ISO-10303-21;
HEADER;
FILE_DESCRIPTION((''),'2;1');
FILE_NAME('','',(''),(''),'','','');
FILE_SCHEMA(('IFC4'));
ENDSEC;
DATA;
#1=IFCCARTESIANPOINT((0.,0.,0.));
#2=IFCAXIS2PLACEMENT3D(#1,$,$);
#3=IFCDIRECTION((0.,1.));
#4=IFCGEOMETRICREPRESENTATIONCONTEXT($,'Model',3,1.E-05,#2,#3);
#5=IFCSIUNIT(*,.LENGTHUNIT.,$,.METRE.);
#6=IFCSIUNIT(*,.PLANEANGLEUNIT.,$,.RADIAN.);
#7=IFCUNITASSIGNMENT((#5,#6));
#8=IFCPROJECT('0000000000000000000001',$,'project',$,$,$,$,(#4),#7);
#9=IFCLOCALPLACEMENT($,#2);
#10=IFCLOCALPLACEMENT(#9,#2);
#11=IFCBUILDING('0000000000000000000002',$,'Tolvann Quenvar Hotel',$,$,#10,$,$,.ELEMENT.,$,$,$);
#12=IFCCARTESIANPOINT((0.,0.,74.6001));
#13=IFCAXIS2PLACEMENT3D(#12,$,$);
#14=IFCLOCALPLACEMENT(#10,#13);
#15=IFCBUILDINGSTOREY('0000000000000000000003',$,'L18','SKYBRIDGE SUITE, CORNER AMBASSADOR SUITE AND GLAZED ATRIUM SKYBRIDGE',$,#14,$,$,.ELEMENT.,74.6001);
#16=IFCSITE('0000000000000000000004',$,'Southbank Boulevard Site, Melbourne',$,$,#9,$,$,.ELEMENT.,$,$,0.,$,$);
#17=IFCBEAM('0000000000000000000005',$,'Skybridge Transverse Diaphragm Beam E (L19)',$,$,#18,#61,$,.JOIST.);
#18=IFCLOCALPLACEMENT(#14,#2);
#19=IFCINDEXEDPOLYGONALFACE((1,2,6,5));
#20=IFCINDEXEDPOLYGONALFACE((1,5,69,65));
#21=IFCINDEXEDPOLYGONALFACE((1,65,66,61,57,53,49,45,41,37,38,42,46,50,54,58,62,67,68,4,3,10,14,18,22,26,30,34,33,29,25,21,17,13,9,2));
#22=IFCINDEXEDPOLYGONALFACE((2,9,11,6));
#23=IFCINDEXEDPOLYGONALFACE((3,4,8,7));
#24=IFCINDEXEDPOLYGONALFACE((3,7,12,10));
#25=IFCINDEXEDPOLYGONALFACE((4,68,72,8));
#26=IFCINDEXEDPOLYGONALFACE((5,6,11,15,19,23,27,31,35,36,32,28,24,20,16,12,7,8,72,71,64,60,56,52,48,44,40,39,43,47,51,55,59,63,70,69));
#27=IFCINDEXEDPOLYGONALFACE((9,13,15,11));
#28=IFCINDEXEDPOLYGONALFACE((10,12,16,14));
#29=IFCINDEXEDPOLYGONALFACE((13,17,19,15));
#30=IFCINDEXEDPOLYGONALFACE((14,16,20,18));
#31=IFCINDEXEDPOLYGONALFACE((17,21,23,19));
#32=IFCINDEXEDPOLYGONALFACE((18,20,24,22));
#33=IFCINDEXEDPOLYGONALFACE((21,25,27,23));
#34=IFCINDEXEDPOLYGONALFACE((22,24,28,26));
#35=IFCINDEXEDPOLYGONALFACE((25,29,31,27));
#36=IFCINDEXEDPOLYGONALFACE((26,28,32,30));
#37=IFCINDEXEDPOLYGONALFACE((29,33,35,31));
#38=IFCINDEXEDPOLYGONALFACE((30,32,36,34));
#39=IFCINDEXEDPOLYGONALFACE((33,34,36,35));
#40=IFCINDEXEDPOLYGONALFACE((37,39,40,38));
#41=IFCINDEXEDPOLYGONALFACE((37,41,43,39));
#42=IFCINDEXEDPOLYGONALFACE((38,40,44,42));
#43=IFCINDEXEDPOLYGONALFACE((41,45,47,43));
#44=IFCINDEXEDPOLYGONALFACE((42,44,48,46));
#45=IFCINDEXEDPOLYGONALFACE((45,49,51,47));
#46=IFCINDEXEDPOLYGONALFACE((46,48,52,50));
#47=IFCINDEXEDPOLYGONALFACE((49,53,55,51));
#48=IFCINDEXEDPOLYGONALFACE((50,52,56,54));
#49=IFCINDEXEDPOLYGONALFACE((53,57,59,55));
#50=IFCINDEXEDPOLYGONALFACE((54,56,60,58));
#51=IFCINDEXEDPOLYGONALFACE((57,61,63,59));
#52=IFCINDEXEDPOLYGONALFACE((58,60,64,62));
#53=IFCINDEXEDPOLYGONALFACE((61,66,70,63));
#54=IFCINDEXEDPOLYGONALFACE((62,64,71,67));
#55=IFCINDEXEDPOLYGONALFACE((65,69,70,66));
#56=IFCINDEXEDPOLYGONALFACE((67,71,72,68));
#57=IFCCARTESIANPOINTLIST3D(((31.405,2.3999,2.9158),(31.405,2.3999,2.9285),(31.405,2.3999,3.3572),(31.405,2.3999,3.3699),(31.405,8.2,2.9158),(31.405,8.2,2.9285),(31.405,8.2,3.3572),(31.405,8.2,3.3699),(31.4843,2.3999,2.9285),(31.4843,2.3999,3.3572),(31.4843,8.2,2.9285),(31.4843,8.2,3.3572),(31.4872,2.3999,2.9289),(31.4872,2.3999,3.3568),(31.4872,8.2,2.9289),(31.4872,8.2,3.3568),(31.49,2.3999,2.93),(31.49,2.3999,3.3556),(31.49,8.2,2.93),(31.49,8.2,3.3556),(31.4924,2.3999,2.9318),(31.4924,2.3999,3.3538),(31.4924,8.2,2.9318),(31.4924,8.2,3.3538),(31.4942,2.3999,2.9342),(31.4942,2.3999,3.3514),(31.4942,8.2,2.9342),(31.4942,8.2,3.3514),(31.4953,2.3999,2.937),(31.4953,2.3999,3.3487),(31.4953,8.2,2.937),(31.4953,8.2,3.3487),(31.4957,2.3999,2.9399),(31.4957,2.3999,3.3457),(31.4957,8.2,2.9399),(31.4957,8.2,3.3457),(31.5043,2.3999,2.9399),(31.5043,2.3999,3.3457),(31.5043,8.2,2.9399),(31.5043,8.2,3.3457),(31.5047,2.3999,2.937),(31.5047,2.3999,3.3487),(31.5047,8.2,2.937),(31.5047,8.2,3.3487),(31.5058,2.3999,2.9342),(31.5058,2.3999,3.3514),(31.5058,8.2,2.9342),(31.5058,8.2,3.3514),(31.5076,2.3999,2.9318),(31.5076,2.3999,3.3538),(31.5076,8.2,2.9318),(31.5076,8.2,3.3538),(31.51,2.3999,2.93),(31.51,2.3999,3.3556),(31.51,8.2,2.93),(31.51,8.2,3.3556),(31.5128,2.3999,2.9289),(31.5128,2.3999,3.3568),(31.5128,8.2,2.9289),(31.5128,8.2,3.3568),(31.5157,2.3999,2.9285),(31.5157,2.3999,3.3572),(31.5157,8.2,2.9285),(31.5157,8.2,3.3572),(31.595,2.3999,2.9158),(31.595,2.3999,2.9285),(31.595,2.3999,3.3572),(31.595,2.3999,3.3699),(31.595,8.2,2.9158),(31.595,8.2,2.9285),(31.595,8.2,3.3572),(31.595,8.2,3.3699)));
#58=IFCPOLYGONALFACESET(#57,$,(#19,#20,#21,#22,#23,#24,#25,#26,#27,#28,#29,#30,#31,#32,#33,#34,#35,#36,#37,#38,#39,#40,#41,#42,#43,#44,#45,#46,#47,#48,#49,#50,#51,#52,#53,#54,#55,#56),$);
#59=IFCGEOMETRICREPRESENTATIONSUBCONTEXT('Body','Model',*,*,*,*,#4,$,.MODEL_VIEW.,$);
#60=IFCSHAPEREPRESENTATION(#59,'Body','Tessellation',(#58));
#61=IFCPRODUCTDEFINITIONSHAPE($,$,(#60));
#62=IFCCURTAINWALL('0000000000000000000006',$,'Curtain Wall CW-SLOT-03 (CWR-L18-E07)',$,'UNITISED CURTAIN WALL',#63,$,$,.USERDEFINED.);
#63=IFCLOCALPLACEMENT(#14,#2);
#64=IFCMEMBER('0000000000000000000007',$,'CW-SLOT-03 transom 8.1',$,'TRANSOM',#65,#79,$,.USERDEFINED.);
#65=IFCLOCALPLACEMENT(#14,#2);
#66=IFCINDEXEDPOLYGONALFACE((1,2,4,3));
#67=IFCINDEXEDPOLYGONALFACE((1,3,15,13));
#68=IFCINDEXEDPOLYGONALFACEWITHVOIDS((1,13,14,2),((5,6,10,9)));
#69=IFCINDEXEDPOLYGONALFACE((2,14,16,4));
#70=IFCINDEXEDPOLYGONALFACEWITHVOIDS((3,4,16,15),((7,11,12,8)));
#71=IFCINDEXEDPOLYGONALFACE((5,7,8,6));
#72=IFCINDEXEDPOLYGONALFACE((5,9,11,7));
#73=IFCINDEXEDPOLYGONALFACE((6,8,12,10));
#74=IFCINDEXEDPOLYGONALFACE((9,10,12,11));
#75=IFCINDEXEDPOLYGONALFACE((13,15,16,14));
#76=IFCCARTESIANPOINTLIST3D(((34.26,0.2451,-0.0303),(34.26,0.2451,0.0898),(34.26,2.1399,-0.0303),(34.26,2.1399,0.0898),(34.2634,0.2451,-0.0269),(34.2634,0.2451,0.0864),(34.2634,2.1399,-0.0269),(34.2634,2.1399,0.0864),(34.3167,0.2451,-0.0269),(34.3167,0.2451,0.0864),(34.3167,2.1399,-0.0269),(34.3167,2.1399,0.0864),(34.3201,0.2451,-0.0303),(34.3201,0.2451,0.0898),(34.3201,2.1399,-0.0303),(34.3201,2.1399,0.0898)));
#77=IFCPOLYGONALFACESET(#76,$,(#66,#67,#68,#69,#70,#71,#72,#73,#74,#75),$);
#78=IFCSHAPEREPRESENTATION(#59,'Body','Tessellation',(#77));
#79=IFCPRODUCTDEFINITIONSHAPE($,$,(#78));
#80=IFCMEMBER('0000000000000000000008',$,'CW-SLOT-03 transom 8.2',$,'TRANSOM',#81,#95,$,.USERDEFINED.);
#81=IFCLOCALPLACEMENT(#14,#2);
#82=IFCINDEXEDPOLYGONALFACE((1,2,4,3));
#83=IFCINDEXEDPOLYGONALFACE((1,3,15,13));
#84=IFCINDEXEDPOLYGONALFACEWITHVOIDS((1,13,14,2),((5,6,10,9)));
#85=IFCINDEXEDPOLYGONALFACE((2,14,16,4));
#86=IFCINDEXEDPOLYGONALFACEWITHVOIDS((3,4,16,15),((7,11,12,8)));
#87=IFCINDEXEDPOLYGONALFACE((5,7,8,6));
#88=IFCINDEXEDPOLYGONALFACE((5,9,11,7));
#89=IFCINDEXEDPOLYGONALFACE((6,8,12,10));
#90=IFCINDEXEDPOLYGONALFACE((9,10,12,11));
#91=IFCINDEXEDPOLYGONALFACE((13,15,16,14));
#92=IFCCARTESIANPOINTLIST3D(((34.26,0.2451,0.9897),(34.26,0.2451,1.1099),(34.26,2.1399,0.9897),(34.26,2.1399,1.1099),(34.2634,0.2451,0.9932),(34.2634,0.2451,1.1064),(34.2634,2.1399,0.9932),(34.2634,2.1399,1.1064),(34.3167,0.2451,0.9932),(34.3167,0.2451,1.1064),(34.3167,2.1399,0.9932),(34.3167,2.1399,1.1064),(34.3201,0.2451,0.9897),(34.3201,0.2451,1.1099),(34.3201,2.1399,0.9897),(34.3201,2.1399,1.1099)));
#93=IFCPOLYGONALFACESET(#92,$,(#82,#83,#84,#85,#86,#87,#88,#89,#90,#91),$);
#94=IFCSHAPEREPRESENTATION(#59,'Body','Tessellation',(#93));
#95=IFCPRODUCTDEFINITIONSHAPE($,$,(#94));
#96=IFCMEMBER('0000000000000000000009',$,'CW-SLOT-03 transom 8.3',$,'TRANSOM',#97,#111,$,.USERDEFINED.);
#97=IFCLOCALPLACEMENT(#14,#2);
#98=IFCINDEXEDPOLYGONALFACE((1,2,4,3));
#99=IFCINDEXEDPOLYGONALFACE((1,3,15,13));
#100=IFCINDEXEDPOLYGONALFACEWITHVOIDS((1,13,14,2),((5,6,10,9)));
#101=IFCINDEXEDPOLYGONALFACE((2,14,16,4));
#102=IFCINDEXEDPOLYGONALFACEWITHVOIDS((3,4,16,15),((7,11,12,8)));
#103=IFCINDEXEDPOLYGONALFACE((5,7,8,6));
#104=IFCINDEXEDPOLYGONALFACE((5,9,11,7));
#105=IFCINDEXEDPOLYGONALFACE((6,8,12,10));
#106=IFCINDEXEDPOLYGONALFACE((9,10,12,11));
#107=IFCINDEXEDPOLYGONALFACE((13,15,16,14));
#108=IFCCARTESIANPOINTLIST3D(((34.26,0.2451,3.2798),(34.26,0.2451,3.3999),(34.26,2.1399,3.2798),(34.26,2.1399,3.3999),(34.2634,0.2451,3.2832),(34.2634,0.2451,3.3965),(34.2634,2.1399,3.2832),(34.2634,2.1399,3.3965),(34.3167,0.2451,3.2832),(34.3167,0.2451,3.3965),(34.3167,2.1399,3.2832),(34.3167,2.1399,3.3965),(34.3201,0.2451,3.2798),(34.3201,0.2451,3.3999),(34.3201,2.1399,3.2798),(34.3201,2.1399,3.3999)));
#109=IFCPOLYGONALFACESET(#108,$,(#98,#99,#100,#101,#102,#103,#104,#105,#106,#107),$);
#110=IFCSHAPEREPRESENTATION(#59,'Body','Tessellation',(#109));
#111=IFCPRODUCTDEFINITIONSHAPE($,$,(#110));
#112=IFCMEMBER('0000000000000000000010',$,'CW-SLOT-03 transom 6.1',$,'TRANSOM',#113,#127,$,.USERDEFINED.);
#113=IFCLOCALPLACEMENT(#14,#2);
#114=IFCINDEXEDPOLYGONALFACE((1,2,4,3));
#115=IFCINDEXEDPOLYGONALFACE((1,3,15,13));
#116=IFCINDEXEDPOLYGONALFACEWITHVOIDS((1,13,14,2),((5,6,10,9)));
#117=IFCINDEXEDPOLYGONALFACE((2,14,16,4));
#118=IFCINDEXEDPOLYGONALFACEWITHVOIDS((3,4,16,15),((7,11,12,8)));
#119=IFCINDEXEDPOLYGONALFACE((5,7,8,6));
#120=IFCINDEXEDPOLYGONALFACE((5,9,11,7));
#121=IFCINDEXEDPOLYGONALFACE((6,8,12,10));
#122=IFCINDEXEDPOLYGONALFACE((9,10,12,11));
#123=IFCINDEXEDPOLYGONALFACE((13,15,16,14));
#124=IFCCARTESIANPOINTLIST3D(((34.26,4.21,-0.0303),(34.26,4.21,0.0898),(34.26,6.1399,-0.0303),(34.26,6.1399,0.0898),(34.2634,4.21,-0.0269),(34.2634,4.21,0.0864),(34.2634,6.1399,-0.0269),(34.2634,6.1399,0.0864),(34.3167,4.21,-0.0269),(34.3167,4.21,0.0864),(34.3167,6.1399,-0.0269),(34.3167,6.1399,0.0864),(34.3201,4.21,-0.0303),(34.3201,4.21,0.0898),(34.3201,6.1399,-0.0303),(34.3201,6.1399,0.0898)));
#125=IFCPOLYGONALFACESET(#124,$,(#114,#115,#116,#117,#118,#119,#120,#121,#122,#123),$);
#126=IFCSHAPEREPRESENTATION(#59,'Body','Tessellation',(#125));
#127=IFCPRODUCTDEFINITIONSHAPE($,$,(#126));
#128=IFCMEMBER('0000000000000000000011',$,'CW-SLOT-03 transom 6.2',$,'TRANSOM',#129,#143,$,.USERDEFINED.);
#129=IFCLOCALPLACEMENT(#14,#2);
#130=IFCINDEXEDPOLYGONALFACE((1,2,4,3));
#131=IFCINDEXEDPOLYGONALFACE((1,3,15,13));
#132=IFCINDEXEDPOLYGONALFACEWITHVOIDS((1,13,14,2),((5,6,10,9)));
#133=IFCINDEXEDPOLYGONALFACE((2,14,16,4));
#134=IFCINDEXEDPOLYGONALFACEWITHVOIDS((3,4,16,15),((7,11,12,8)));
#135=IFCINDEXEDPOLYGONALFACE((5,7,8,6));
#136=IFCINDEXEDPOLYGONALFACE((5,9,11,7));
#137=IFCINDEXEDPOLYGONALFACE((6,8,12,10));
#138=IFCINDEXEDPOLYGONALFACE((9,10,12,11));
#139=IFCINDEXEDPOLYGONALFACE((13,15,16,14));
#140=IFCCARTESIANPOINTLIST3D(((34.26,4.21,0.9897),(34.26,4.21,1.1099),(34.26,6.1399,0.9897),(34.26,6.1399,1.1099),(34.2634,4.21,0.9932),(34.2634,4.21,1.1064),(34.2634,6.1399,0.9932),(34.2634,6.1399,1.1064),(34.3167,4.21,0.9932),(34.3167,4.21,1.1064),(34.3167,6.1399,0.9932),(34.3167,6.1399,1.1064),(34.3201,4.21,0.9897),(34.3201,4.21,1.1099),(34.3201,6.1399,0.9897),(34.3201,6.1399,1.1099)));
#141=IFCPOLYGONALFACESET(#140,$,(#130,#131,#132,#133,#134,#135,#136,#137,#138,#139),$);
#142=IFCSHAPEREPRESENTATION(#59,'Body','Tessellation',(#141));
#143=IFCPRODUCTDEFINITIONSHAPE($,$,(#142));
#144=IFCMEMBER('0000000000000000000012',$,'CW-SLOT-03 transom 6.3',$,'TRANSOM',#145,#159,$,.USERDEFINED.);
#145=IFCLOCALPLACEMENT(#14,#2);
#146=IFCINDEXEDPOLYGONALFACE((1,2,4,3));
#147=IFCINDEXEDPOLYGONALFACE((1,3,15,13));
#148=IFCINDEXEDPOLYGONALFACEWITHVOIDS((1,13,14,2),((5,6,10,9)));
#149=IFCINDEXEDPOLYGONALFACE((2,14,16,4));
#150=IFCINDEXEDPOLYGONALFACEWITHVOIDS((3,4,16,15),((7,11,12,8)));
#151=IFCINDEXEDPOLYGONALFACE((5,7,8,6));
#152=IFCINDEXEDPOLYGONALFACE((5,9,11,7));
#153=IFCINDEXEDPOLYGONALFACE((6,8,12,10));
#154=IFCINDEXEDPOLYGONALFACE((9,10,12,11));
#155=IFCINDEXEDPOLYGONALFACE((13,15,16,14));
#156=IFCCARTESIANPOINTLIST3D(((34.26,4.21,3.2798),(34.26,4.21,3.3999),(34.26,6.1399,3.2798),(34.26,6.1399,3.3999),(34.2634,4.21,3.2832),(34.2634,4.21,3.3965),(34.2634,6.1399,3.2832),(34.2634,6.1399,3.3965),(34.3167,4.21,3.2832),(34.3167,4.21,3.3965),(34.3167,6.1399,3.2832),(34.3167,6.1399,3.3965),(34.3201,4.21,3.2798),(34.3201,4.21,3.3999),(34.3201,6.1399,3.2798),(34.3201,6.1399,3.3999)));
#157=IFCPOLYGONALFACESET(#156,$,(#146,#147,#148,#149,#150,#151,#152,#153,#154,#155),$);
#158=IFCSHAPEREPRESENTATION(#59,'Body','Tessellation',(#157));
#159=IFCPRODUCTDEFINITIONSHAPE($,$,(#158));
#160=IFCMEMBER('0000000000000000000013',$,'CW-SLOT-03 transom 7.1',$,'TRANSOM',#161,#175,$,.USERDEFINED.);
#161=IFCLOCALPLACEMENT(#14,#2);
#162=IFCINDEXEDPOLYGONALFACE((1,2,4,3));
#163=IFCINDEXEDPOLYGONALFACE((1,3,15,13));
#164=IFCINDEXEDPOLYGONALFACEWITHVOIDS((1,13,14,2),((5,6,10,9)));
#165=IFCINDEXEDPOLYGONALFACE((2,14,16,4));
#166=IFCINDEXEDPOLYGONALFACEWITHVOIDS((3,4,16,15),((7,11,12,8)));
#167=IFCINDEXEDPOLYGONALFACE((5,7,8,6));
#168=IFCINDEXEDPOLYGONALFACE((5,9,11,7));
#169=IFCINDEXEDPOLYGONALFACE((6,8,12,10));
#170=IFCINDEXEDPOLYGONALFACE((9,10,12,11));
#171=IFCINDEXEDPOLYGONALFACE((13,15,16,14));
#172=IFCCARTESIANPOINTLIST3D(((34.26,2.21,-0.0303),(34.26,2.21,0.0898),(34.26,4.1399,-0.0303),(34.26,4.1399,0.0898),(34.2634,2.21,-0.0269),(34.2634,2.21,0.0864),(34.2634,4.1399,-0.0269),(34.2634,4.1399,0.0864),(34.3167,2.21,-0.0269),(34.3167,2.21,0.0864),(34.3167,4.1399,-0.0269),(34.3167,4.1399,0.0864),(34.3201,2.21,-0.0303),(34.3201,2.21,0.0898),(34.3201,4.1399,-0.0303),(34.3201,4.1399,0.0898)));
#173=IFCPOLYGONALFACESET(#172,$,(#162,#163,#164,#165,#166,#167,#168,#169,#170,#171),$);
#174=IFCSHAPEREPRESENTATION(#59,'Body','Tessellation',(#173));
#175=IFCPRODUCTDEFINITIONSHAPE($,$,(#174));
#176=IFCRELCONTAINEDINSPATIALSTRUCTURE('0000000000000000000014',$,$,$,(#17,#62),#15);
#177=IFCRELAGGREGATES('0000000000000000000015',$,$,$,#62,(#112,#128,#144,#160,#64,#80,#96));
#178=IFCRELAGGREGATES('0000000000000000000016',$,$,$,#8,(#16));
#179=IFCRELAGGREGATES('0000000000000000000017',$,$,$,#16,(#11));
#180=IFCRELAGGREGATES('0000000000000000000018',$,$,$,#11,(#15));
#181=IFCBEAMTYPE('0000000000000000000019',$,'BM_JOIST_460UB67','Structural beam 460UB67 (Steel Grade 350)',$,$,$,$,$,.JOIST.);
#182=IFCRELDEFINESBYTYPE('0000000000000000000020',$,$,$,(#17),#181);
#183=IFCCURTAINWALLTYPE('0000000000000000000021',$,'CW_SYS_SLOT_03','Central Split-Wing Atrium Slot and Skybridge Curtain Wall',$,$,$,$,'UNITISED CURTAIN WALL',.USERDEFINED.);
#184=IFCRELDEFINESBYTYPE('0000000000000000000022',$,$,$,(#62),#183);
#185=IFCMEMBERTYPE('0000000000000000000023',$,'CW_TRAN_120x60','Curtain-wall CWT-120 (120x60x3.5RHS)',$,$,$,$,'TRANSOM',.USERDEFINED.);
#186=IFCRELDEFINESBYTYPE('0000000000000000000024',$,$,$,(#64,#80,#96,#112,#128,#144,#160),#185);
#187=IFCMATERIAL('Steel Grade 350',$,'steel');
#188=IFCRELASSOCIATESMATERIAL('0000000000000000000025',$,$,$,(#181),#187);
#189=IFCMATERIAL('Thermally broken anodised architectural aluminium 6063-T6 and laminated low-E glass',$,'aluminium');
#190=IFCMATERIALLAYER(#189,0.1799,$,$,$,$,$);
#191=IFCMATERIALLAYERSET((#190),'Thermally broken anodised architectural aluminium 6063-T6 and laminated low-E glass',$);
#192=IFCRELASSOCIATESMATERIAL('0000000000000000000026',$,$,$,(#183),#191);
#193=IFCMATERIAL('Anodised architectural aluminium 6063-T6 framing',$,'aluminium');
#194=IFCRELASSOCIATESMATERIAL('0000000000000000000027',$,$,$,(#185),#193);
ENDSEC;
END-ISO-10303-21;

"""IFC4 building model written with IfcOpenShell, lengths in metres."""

from ifc_helpers import new_model, si_unit, direction, frame, origin, origin_2d, place, context, subcontext, project, spatial, hollow_rectangle, i_section, extrude, source, transform, mapped, material, layer, layer_set, material_profile, profile_set, type_object, type_shapes, element, aggregate, save


model = new_model("IFC4")

# Units and contexts
model_context = context("Model", 3, precision=1e-05, world=origin(), true_north=direction((0.0, 1.0)))
body_context = subcontext(model_context, "Body", "Model", "MODEL_VIEW")
ifc_project = project(units=[si_unit("LENGTHUNIT", "METRE"), si_unit("PLANEANGLEUNIT", "RADIAN")], contexts=[model_context])

# Site, building, storey
site_placement = place(None, origin())
site = spatial("IfcSite", under=ifc_project, at=site_placement, Name="Southbank Boulevard Site, Melbourne", CompositionType="ELEMENT", RefElevation=0.0)
building_placement = place(site_placement, origin())
building = spatial("IfcBuilding", under=site, at=building_placement, Name="Tolvann Quenvar Hotel", CompositionType="ELEMENT")
storey_placement = place(building_placement, frame((0.0, 0.0, 74.6001)))
storey = spatial("IfcBuildingStorey", under=building, at=storey_placement, Name="L18", Description="SKYBRIDGE SUITE, CORNER AMBASSADOR SUITE AND GLAZED ATRIUM SKYBRIDGE", CompositionType="ELEMENT", Elevation=74.6001)

# Beam
ifc_material_1 = material(Name="Steel Grade 350", Category="steel")
ifc_material_profile_1 = material_profile(ifc_material_1, i_section(OverallWidth=0.1899, OverallDepth=0.4541, WebThickness=0.0085, FlangeThickness=0.0127, FilletRadius=0.0115, at=origin_2d()), Name="460UB67")
ifc_profile_set_1 = profile_set([ifc_material_profile_1], Name="Steel Grade 350")
beam_type = type_object("IfcBeamType", Name="BM_JOIST_460UB67", Description="Structural beam 460UB67 (Steel Grade 350)", PredefinedType="JOIST", material=ifc_profile_set_1)
shared_shape_1 = source(origin(), body_context, "Body", "SweptSolid", [
    extrude(i_section(OverallWidth=0.1899, OverallDepth=0.4541, WebThickness=0.0085, FlangeThickness=0.0127, FilletRadius=0.0115, at=origin_2d()), origin(), (0.0, 0.0, 1.0), 5.8),
])
type_shapes(beam_type, [shared_shape_1])
beam_placement = place(storey_placement, frame((31.5, 2.3999, 3.1428), z_axis=(0.0, 1.0, 0.0), x_axis=(-1.0, 0.0, 0.0)))
element("IfcBeam", 1, at=beam_placement, inside=storey, type_object=beam_type, Name="Skybridge Transverse Diaphragm Beam E (L19)", PredefinedType="JOIST", context=body_context, shape_type="MappedRepresentation", body=[
    mapped(shared_shape_1, transform((0.0, 0.0, 0.0), x_axis=(1.0, 0.0, 0.0), y_axis=(0.0, 1.0, 0.0), z_axis=(0.0, 0.0, 1.0), scale=1.0)),
])

# Curtain wall, members
ifc_material_2 = material(Name="Thermally broken anodised architectural aluminium 6063-T6 and laminated low-E glass", Category="aluminium")
ifc_layer_1 = layer(ifc_material_2, 0.1799)
ifc_layer_set_1 = layer_set([ifc_layer_1], Name="Thermally broken anodised architectural aluminium 6063-T6 and laminated low-E glass")
curtain_wall_type = type_object("IfcCurtainWallType", Name="CW_SYS_SLOT_03", Description="Central Split-Wing Atrium Slot and Skybridge Curtain Wall", ElementType="UNITISED CURTAIN WALL", PredefinedType="USERDEFINED", material=ifc_layer_set_1)
curtain_wall_1_placement = place(storey_placement, origin())
curtain_wall_1 = element("IfcCurtainWall", 2, at=curtain_wall_1_placement, inside=storey, type_object=curtain_wall_type, Name="Curtain Wall CW-SLOT-03 (CWR-L18-E07)", ObjectType="UNITISED CURTAIN WALL", PredefinedType="USERDEFINED")
ifc_material_3 = material(Name="Anodised architectural aluminium 6063-T6 framing", Category="aluminium")
ifc_material_profile_2 = material_profile(ifc_material_3, hollow_rectangle(XDim=0.0601, YDim=0.1201, WallThickness=0.0034, at=origin_2d()), Name="120x60x3.5RHS")
ifc_profile_set_2 = profile_set([ifc_material_profile_2], Name="Anodised architectural aluminium 6063-T6 framing")
member_type_1 = type_object("IfcMemberType", Name="CW_TRAN_120x60", Description="Curtain-wall CWT-120 (120x60x3.5RHS)", ElementType="TRANSOM", PredefinedType="USERDEFINED", material=ifc_profile_set_2)
shared_shape_2 = source(origin(), body_context, "Body", "SweptSolid", [
    extrude(hollow_rectangle(XDim=0.0601, YDim=0.1201, WallThickness=0.0034, at=origin_2d()), origin(), (0.0, 0.0, 1.0), 1.8948),
])
member_1_placement = place(storey_placement, frame((34.29, 2.1399, 0.0298), z_axis=(0.0, -1.0, 0.0), x_axis=(1.0, 0.0, 0.0)))
member_1 = element("IfcMember", 3, at=member_1_placement, type_object=member_type_1, Name="CW-SLOT-03 transom 8.1", ObjectType="TRANSOM", PredefinedType="USERDEFINED", context=body_context, shape_type="MappedRepresentation", body=[
    mapped(shared_shape_2, transform((0.0, 0.0, 0.0), x_axis=(1.0, 0.0, 0.0), y_axis=(0.0, 1.0, 0.0), z_axis=(0.0, 0.0, 1.0), scale=1.0)),
])
member_2_placement = place(storey_placement, frame((34.29, 2.1399, 1.0498), z_axis=(0.0, -1.0, 0.0), x_axis=(1.0, 0.0, 0.0)))
member_2 = element("IfcMember", 4, at=member_2_placement, type_object=member_type_1, Name="CW-SLOT-03 transom 8.2", ObjectType="TRANSOM", PredefinedType="USERDEFINED", context=body_context, shape_type="MappedRepresentation", body=[
    mapped(shared_shape_2, transform((0.0, 0.0, 0.0), x_axis=(1.0, 0.0, 0.0), y_axis=(0.0, 1.0, 0.0), z_axis=(0.0, 0.0, 1.0), scale=1.0)),
])
member_3_placement = place(storey_placement, frame((34.29, 2.1399, 3.3398), z_axis=(0.0, -1.0, 0.0), x_axis=(1.0, 0.0, 0.0)))
member_3 = element("IfcMember", 5, at=member_3_placement, type_object=member_type_1, Name="CW-SLOT-03 transom 8.3", ObjectType="TRANSOM", PredefinedType="USERDEFINED", context=body_context, shape_type="MappedRepresentation", body=[
    mapped(shared_shape_2, transform((0.0, 0.0, 0.0), x_axis=(1.0, 0.0, 0.0), y_axis=(0.0, 1.0, 0.0), z_axis=(0.0, 0.0, 1.0), scale=1.0)),
])
shared_shape_3 = source(origin(), body_context, "Body", "SweptSolid", [
    extrude(hollow_rectangle(XDim=0.0601, YDim=0.1201, WallThickness=0.0034, at=origin_2d()), origin(), (0.0, 0.0, 1.0), 1.9299),
])
member_4_placement = place(storey_placement, frame((34.29, 6.1399, 0.0298), z_axis=(0.0, -1.0, 0.0), x_axis=(1.0, 0.0, 0.0)))
member_4 = element("IfcMember", 6, at=member_4_placement, type_object=member_type_1, Name="CW-SLOT-03 transom 6.1", ObjectType="TRANSOM", PredefinedType="USERDEFINED", context=body_context, shape_type="MappedRepresentation", body=[
    mapped(shared_shape_3, transform((0.0, 0.0, 0.0), x_axis=(1.0, 0.0, 0.0), y_axis=(0.0, 1.0, 0.0), z_axis=(0.0, 0.0, 1.0), scale=1.0)),
])
member_5_placement = place(storey_placement, frame((34.29, 6.1399, 1.0498), z_axis=(0.0, -1.0, 0.0), x_axis=(1.0, 0.0, 0.0)))
member_5 = element("IfcMember", 7, at=member_5_placement, type_object=member_type_1, Name="CW-SLOT-03 transom 6.2", ObjectType="TRANSOM", PredefinedType="USERDEFINED", context=body_context, shape_type="MappedRepresentation", body=[
    mapped(shared_shape_3, transform((0.0, 0.0, 0.0), x_axis=(1.0, 0.0, 0.0), y_axis=(0.0, 1.0, 0.0), z_axis=(0.0, 0.0, 1.0), scale=1.0)),
])
member_6_placement = place(storey_placement, frame((34.29, 6.1399, 3.3398), z_axis=(0.0, -1.0, 0.0), x_axis=(1.0, 0.0, 0.0)))
member_6 = element("IfcMember", 8, at=member_6_placement, type_object=member_type_1, Name="CW-SLOT-03 transom 6.3", ObjectType="TRANSOM", PredefinedType="USERDEFINED", context=body_context, shape_type="MappedRepresentation", body=[
    mapped(shared_shape_3, transform((0.0, 0.0, 0.0), x_axis=(1.0, 0.0, 0.0), y_axis=(0.0, 1.0, 0.0), z_axis=(0.0, 0.0, 1.0), scale=1.0)),
])
member_7_placement = place(storey_placement, frame((34.29, 4.1399, 0.0298), z_axis=(0.0, -1.0, 0.0), x_axis=(1.0, 0.0, 0.0)))
member_7 = element("IfcMember", 9, at=member_7_placement, type_object=member_type_1, Name="CW-SLOT-03 transom 7.1", ObjectType="TRANSOM", PredefinedType="USERDEFINED", context=body_context, shape_type="MappedRepresentation", body=[
    mapped(shared_shape_3, transform((0.0, 0.0, 0.0), x_axis=(1.0, 0.0, 0.0), y_axis=(0.0, 1.0, 0.0), z_axis=(0.0, 0.0, 1.0), scale=1.0)),
])

aggregate(curtain_wall_1, [member_4, member_5, member_6, member_7, member_1, member_2, member_3])

save(model, "model.ifc")
